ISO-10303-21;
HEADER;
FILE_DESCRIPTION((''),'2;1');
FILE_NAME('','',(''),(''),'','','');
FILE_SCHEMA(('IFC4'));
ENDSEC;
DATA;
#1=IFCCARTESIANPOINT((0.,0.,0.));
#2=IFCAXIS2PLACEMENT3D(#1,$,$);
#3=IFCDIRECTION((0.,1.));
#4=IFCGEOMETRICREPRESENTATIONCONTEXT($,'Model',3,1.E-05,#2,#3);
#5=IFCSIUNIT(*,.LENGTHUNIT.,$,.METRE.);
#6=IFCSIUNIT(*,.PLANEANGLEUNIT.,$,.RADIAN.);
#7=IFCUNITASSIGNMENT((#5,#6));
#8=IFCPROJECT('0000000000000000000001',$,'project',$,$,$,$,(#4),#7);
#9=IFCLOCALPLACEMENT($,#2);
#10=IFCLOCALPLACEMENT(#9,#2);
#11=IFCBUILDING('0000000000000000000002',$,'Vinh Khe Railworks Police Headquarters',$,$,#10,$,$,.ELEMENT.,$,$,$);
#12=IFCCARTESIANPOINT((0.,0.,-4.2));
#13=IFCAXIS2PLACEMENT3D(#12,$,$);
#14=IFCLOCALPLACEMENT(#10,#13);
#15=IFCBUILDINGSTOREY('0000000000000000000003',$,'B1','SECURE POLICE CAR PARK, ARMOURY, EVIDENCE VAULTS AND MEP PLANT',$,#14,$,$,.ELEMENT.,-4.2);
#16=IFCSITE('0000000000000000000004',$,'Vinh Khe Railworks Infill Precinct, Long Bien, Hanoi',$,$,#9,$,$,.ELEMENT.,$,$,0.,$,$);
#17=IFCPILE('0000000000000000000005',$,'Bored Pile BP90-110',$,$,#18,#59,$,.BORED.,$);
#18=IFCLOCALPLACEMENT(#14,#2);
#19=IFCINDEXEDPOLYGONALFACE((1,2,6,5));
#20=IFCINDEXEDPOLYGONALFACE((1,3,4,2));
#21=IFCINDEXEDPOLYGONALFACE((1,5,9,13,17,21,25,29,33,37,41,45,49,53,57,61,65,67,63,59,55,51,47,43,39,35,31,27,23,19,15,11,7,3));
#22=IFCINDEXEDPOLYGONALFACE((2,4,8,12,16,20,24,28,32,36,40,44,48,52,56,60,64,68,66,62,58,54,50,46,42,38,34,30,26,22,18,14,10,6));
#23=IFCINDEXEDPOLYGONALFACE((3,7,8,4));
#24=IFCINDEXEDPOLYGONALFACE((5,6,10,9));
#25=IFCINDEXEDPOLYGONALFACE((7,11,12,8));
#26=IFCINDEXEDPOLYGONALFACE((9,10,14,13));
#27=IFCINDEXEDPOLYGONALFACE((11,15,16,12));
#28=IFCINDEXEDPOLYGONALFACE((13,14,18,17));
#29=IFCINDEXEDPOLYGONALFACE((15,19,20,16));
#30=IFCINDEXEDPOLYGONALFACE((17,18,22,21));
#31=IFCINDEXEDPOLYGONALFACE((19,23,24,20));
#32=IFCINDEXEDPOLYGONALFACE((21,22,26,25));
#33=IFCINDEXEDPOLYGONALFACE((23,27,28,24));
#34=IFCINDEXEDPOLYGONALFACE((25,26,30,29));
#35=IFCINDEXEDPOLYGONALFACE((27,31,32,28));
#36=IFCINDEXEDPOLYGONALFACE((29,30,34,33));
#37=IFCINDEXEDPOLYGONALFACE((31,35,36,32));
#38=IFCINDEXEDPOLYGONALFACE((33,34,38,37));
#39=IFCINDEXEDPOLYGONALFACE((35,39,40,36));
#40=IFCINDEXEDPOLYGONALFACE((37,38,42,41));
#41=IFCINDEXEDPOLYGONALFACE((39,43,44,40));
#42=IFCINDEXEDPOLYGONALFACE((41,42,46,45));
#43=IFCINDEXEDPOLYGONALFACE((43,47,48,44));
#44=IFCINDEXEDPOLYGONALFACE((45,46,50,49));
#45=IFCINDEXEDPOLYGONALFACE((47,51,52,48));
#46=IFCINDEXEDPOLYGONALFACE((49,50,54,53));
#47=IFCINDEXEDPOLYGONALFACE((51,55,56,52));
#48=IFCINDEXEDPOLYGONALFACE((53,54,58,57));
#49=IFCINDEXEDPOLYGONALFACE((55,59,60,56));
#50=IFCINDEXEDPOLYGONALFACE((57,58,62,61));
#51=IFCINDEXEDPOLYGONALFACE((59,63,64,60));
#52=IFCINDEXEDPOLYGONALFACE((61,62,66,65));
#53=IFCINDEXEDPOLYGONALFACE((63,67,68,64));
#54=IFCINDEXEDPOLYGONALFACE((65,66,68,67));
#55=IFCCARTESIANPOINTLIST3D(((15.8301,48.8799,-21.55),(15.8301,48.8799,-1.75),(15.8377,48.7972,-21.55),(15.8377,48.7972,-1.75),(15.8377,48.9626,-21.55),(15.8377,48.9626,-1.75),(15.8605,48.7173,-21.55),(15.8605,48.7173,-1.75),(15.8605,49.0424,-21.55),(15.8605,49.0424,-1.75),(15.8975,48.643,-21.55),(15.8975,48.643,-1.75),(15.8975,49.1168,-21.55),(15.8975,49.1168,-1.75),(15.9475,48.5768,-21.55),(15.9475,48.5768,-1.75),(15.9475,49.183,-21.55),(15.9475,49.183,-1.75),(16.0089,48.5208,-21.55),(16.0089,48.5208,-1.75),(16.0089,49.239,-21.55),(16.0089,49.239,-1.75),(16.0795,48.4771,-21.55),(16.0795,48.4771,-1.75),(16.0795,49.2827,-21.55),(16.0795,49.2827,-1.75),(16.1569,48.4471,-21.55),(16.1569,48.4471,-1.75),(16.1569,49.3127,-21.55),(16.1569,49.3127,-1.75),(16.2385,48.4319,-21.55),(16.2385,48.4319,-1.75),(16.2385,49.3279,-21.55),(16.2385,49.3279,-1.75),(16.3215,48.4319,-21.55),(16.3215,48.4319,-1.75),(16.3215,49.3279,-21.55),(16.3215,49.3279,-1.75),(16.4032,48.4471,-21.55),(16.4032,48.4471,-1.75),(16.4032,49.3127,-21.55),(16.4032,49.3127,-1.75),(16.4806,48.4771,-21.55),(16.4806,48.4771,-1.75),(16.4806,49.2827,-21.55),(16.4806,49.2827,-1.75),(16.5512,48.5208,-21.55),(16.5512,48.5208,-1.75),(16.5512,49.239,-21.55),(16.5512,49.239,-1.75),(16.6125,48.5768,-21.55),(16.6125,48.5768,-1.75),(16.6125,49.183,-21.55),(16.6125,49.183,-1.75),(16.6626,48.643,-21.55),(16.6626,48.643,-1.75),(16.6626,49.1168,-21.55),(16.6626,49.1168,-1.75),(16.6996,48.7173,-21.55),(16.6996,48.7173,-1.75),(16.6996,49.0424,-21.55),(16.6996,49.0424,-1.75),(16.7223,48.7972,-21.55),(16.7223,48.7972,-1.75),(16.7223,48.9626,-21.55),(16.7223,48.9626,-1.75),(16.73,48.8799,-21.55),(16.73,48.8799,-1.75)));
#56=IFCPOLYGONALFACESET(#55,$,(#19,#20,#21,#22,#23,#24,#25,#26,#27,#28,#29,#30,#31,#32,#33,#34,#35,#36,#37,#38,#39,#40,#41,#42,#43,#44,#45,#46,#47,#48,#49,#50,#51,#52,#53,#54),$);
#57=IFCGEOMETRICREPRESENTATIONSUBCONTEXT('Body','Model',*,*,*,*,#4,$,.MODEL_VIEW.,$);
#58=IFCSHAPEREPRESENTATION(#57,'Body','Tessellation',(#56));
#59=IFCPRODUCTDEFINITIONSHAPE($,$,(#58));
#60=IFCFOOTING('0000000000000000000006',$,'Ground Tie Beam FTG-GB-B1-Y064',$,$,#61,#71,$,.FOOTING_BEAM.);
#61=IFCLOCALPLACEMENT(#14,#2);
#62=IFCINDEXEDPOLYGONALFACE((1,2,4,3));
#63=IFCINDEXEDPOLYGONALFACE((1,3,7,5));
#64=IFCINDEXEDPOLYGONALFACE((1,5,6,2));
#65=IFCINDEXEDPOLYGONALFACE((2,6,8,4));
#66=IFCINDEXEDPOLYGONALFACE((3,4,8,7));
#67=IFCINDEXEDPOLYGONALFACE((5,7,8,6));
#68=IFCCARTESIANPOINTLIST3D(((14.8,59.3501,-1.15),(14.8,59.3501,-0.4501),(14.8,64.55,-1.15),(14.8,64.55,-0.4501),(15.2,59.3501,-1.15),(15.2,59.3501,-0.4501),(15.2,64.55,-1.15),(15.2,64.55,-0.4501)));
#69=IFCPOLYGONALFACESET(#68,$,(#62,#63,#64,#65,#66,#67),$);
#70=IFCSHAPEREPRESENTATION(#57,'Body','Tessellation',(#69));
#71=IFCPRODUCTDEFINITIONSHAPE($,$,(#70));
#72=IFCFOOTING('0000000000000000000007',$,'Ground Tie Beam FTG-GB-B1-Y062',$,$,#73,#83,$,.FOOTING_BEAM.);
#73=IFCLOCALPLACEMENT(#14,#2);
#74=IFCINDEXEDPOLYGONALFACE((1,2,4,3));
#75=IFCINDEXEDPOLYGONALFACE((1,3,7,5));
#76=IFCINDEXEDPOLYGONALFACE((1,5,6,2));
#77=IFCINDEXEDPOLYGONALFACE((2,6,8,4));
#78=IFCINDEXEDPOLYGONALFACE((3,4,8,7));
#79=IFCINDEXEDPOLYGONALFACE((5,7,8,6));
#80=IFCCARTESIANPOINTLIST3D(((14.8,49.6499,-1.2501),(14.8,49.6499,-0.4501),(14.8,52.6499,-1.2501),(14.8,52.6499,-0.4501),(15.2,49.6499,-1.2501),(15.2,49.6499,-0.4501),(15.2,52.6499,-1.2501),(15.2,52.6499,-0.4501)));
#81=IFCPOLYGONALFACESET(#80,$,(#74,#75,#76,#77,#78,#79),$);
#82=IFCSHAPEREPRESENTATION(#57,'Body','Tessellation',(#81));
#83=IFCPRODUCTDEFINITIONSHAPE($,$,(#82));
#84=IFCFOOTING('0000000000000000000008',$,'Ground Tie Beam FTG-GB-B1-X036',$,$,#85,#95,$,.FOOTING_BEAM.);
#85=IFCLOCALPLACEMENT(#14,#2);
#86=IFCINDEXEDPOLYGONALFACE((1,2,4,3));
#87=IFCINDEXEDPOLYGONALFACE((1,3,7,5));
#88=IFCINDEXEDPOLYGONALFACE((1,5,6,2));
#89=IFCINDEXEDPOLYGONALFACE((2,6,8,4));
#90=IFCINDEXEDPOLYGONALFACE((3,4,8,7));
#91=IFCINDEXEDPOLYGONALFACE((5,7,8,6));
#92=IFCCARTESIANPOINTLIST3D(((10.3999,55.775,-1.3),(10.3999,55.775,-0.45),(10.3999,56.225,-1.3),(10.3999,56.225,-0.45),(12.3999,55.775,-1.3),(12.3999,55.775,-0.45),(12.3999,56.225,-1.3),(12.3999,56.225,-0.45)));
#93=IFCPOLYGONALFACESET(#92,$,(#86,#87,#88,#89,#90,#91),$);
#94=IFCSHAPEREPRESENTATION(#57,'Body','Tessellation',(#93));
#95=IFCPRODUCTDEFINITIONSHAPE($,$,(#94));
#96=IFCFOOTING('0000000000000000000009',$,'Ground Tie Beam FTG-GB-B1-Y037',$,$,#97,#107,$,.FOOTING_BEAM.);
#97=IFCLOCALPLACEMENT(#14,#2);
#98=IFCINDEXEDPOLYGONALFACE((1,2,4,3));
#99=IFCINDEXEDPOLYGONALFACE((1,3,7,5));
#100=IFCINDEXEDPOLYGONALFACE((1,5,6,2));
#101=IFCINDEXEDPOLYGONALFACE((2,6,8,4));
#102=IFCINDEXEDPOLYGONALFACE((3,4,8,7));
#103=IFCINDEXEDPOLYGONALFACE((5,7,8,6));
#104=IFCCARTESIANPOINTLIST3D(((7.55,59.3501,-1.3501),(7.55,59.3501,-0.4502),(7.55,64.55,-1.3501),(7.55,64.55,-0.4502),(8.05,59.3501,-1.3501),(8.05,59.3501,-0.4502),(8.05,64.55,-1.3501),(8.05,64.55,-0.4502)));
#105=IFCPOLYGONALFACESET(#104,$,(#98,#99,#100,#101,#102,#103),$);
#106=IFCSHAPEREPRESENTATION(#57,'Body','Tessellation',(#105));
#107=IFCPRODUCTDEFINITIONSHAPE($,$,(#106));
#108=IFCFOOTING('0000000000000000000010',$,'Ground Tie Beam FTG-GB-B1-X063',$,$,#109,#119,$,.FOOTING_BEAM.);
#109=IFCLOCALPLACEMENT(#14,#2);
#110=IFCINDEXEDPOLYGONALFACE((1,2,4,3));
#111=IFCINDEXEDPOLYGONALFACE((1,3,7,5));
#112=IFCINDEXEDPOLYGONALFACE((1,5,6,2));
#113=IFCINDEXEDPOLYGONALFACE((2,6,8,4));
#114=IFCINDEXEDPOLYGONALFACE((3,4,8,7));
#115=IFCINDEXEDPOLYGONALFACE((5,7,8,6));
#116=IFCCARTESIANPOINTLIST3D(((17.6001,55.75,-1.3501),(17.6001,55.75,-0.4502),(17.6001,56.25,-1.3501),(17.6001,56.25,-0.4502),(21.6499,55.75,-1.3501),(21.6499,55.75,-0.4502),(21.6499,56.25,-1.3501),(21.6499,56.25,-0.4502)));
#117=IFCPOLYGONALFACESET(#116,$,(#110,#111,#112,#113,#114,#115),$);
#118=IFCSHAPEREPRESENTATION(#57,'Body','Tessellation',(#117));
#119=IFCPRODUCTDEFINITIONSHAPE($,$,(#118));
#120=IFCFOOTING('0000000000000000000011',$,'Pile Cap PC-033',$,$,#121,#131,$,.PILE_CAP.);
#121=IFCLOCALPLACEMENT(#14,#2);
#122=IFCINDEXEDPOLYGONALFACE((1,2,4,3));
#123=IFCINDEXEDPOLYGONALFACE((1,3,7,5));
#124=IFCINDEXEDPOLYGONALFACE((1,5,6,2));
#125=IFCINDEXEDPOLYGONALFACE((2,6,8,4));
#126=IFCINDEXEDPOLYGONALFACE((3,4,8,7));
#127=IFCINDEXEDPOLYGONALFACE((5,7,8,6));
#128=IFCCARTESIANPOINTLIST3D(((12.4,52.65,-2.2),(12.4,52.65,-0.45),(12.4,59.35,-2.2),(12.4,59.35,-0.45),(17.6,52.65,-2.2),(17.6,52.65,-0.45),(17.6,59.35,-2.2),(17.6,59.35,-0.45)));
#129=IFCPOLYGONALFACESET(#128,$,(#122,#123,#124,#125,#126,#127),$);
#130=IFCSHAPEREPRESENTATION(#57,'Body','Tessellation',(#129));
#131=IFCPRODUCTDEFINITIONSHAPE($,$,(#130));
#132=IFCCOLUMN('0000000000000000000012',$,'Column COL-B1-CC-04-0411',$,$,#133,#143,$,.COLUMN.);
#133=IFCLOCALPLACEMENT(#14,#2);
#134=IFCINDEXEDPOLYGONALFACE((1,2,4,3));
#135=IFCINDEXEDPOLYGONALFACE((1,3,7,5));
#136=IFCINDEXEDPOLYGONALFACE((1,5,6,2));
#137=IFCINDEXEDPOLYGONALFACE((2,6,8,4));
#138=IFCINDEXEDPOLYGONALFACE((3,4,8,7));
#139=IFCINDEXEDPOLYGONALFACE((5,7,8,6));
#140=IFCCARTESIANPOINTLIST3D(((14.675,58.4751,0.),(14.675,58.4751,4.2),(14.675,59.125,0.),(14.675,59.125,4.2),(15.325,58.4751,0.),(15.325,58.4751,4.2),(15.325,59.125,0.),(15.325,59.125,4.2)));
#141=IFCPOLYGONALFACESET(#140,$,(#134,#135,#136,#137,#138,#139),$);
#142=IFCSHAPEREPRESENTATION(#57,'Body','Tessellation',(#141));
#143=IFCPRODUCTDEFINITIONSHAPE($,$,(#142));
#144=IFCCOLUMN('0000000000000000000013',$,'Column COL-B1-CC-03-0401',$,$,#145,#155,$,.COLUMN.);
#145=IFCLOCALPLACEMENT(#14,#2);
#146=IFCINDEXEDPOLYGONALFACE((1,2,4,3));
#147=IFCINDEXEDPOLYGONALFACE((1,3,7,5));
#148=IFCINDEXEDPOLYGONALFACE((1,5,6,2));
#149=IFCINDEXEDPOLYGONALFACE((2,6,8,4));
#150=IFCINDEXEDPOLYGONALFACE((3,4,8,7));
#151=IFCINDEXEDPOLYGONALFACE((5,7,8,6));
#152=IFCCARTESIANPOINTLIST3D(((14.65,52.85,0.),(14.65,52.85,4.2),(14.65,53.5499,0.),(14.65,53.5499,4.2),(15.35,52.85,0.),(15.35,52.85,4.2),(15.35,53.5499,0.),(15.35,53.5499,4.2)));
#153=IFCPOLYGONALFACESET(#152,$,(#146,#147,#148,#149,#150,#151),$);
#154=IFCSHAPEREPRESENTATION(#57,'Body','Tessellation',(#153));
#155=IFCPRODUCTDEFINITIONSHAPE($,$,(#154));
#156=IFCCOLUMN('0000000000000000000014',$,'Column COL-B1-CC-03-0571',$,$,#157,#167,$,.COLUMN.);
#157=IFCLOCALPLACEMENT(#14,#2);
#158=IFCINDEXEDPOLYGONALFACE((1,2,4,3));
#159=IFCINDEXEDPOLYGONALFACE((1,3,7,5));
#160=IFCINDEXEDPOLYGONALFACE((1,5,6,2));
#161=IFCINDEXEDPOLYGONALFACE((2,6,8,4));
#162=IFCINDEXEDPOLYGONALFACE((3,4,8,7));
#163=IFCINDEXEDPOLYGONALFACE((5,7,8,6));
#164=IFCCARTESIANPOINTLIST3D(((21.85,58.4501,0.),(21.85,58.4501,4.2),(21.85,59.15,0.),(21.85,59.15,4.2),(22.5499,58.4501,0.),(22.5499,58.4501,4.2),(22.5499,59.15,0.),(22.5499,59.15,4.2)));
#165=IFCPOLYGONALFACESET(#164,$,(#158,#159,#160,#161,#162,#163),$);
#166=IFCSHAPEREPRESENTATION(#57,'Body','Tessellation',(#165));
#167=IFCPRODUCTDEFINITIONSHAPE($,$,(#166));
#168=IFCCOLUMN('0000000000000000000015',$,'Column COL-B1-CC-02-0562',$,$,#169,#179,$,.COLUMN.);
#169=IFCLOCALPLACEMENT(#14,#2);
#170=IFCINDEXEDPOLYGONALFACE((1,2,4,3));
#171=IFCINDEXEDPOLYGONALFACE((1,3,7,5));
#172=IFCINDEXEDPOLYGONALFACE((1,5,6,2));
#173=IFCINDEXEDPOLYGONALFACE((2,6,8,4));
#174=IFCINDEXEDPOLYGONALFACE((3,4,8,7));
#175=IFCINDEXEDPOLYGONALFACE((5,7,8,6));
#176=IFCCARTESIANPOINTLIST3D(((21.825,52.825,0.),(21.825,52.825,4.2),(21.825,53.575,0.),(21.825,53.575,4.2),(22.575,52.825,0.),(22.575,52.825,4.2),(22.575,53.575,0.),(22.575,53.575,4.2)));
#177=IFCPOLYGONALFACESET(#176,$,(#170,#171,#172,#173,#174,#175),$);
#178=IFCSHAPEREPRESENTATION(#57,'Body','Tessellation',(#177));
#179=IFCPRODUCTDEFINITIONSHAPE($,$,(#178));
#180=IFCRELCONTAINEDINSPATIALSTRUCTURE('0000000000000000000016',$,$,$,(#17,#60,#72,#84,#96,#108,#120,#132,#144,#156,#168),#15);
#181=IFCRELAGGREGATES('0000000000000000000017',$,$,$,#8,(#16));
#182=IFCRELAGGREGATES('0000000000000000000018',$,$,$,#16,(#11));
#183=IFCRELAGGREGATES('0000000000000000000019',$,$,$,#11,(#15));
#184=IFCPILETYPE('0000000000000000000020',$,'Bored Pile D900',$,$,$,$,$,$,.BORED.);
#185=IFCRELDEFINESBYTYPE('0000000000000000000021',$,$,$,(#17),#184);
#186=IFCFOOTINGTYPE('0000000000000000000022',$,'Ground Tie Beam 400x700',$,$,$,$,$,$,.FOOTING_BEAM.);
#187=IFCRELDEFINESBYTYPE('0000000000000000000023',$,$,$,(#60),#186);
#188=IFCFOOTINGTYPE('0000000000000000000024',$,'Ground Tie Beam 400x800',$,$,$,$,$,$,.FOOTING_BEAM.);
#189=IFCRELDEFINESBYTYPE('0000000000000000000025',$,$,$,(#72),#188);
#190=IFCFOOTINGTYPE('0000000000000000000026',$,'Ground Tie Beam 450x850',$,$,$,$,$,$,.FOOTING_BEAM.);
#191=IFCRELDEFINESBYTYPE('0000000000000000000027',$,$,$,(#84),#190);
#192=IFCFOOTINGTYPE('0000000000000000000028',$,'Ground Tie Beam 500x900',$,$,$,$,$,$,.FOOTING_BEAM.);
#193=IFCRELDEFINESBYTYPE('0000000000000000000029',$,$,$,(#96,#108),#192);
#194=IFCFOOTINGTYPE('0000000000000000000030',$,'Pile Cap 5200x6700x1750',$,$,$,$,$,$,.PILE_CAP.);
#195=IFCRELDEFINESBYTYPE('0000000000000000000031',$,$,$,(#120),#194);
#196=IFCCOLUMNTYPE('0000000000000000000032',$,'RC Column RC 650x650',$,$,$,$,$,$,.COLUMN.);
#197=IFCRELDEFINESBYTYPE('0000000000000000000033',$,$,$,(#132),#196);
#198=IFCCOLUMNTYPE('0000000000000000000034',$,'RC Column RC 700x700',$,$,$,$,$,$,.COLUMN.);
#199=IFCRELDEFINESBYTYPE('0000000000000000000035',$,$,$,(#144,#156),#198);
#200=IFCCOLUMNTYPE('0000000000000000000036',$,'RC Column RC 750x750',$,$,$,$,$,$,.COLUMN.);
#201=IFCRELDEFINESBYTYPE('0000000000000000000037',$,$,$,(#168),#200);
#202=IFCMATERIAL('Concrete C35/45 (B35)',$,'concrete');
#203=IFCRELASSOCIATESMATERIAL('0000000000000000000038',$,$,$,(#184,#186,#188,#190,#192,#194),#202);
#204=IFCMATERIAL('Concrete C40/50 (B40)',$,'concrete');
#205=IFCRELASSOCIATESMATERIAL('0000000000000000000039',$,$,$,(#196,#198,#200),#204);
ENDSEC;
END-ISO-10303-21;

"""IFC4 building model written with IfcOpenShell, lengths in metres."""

from ifc_helpers import new_model, si_unit, direction, frame, origin, origin_2d, place, context, subcontext, project, spatial, rectangle, circle, extrude, material, material_profile, profile_set, type_object, element, save


model = new_model("IFC4")

# Units and contexts
model_context = context("Model", 3, precision=1e-05, world=origin(), true_north=direction((0.0, 1.0)))
body_context = subcontext(model_context, "Body", "Model", "MODEL_VIEW")
ifc_project = project(units=[si_unit("LENGTHUNIT", "METRE"), si_unit("PLANEANGLEUNIT", "RADIAN")], contexts=[model_context])

# Site, building, storey
site_placement = place(None, origin())
site = spatial("IfcSite", under=ifc_project, at=site_placement, Name="Vinh Khe Railworks Infill Precinct, Long Bien, Hanoi", CompositionType="ELEMENT", RefElevation=0.0)
building_placement = place(site_placement, origin())
building = spatial("IfcBuilding", under=site, at=building_placement, Name="Vinh Khe Railworks Police Headquarters", CompositionType="ELEMENT")
storey_placement = place(building_placement, frame((0.0, 0.0, -4.2)))
storey = spatial("IfcBuildingStorey", under=building, at=storey_placement, Name="B1", Description="SECURE POLICE CAR PARK, ARMOURY, EVIDENCE VAULTS AND MEP PLANT", CompositionType="ELEMENT", Elevation=-4.2)

# Pile
ifc_material_1 = material(Name="Concrete C35/45 (B35)", Category="concrete")
ifc_material_profile_1 = material_profile(ifc_material_1, circle(Radius=0.45, at=origin_2d()), Name="BORED PILE D900")
ifc_profile_set_1 = profile_set([ifc_material_profile_1], Name="Concrete C35/45 (B35)")
pile_type_1 = type_object("IfcPileType", Name="Bored Pile D900", PredefinedType="BORED", material=ifc_profile_set_1)
for number, where, z_axis, x_axis, name in (
    (1, (16.28, 48.8799, -1.75), (0.0, 0.0, -1.0), (1.0, 0.0, 0.0), "Bored Pile BP90-110"),
):
    element("IfcPile", number, at=place(storey_placement, frame(where, z_axis=z_axis, x_axis=x_axis)), inside=storey, type_object=pile_type_1, Name=name, PredefinedType="BORED", context=body_context, shape_type="SweptSolid", body=[
        extrude(circle(Radius=0.45, at=origin_2d()), origin(), (0.0, 0.0, 1.0), 19.8),
    ])

# Footings
ifc_material_profile_2 = material_profile(ifc_material_1, rectangle(XDim=0.3999, YDim=0.7, at=origin_2d()), Name="RC 400x700")
ifc_profile_set_2 = profile_set([ifc_material_profile_2], Name="Concrete C35/45 (B35)")
footing_type_1 = type_object("IfcFootingType", Name="Ground Tie Beam 400x700", PredefinedType="FOOTING_BEAM", material=ifc_profile_set_2)
footing_1_placement = place(storey_placement, frame((15.0, 59.3501, -0.8), z_axis=(0.0, 1.0, 0.0), x_axis=(-1.0, 0.0, 0.0)))
element("IfcFooting", 2, at=footing_1_placement, inside=storey, type_object=footing_type_1, Name="Ground Tie Beam FTG-GB-B1-Y064", PredefinedType="FOOTING_BEAM", context=body_context, shape_type="SweptSolid", body=[
    extrude(rectangle(XDim=0.3999, YDim=0.7, at=origin_2d()), origin(), (0.0, 0.0, 1.0), 5.2),
])
ifc_material_profile_3 = material_profile(ifc_material_1, rectangle(XDim=0.3999, YDim=0.8, at=origin_2d()), Name="RC 400x800")
ifc_profile_set_3 = profile_set([ifc_material_profile_3], Name="Concrete C35/45 (B35)")
footing_type_2 = type_object("IfcFootingType", Name="Ground Tie Beam 400x800", PredefinedType="FOOTING_BEAM", material=ifc_profile_set_3)
footing_2_placement = place(storey_placement, frame((15.0, 49.6499, -0.8501), z_axis=(0.0, 1.0, 0.0), x_axis=(-1.0, 0.0, 0.0)))
element("IfcFooting", 3, at=footing_2_placement, inside=storey, type_object=footing_type_2, Name="Ground Tie Beam FTG-GB-B1-Y062", PredefinedType="FOOTING_BEAM", context=body_context, shape_type="SweptSolid", body=[
    extrude(rectangle(XDim=0.3999, YDim=0.8, at=origin_2d()), origin(), (0.0, 0.0, 1.0), 3.0),
])
ifc_material_profile_4 = material_profile(ifc_material_1, rectangle(XDim=0.45, YDim=0.8501, at=origin_2d()), Name="RC 450x850")
ifc_profile_set_4 = profile_set([ifc_material_profile_4], Name="Concrete C35/45 (B35)")
footing_type_3 = type_object("IfcFootingType", Name="Ground Tie Beam 450x850", PredefinedType="FOOTING_BEAM", material=ifc_profile_set_4)
footing_3_placement = place(storey_placement, frame((10.3999, 56.0, -0.875), z_axis=(1.0, 0.0, 0.0), x_axis=(0.0, 1.0, 0.0)))
element("IfcFooting", 4, at=footing_3_placement, inside=storey, type_object=footing_type_3, Name="Ground Tie Beam FTG-GB-B1-X036", PredefinedType="FOOTING_BEAM", context=body_context, shape_type="SweptSolid", body=[
    extrude(rectangle(XDim=0.45, YDim=0.8501, at=origin_2d()), origin(), (0.0, 0.0, 1.0), 2.0),
])
ifc_material_profile_5 = material_profile(ifc_material_1, rectangle(XDim=0.5, YDim=0.8999, at=origin_2d()), Name="RC 500x900")
ifc_profile_set_5 = profile_set([ifc_material_profile_5], Name="Concrete C35/45 (B35)")
footing_type_4 = type_object("IfcFootingType", Name="Ground Tie Beam 500x900", PredefinedType="FOOTING_BEAM", material=ifc_profile_set_5)
footing_4_placement = place(storey_placement, frame((7.8, 59.3501, -0.9001), z_axis=(0.0, 1.0, 0.0), x_axis=(-1.0, 0.0, 0.0)))
element("IfcFooting", 5, at=footing_4_placement, inside=storey, type_object=footing_type_4, Name="Ground Tie Beam FTG-GB-B1-Y037", PredefinedType="FOOTING_BEAM", context=body_context, shape_type="SweptSolid", body=[
    extrude(rectangle(XDim=0.5, YDim=0.8999, at=origin_2d()), origin(), (0.0, 0.0, 1.0), 5.2),
])
footing_5_placement = place(storey_placement, frame((17.6001, 56.0, -0.9001), z_axis=(1.0, 0.0, 0.0), x_axis=(0.0, 1.0, 0.0)))
element("IfcFooting", 6, at=footing_5_placement, inside=storey, type_object=footing_type_4, Name="Ground Tie Beam FTG-GB-B1-X063", PredefinedType="FOOTING_BEAM", context=body_context, shape_type="SweptSolid", body=[
    extrude(rectangle(XDim=0.5, YDim=0.8999, at=origin_2d()), origin(), (0.0, 0.0, 1.0), 4.0498),
])
footing_type_5 = type_object("IfcFootingType", Name="Pile Cap 5200x6700x1750", PredefinedType="PILE_CAP", material=ifc_material_1)
footing_6_placement = place(storey_placement, frame((15.0, 56.0, -2.2), z_axis=(0.0, 0.0, 1.0), x_axis=(1.0, 0.0, 0.0)))
element("IfcFooting", 7, at=footing_6_placement, inside=storey, type_object=footing_type_5, Name="Pile Cap PC-033", PredefinedType="PILE_CAP", context=body_context, shape_type="SweptSolid", body=[
    extrude(rectangle(XDim=5.2, YDim=6.7, at=origin_2d()), origin(), (0.0, 0.0, 1.0), 1.75),
])

# Columns
ifc_material_2 = material(Name="Concrete C40/50 (B40)", Category="concrete")
ifc_material_profile_6 = material_profile(ifc_material_2, rectangle(XDim=0.6499, YDim=0.6499, at=origin_2d()), Name="RC 650x650")
ifc_profile_set_6 = profile_set([ifc_material_profile_6], Name="Concrete C40/50 (B40)")
column_type_1 = type_object("IfcColumnType", Name="RC Column RC 650x650", PredefinedType="COLUMN", material=ifc_profile_set_6)
column_1_placement = place(storey_placement, frame((15.0, 58.8, 0.0), z_axis=(0.0, 0.0, 1.0), x_axis=(1.0, 0.0, 0.0)))
element("IfcColumn", 8, at=column_1_placement, inside=storey, type_object=column_type_1, Name="Column COL-B1-CC-04-0411", PredefinedType="COLUMN", context=body_context, shape_type="SweptSolid", body=[
    extrude(rectangle(XDim=0.6499, YDim=0.6499, at=origin_2d()), origin(), (0.0, 0.0, 1.0), 4.2),
])
ifc_material_profile_7 = material_profile(ifc_material_2, rectangle(XDim=0.7, YDim=0.7, at=origin_2d()), Name="RC 700x700")
ifc_profile_set_7 = profile_set([ifc_material_profile_7], Name="Concrete C40/50 (B40)")
column_type_2 = type_object("IfcColumnType", Name="RC Column RC 700x700", PredefinedType="COLUMN", material=ifc_profile_set_7)
for number, where, z_axis, x_axis, name in (
    (9, (15.0, 53.2, 0.0), (0.0, 0.0, 1.0), (1.0, 0.0, 0.0), "Column COL-B1-CC-03-0401"),
    (10, (22.2, 58.8, 0.0), (0.0, 0.0, 1.0), (1.0, 0.0, 0.0), "Column COL-B1-CC-03-0571"),
):
    element("IfcColumn", number, at=place(storey_placement, frame(where, z_axis=z_axis, x_axis=x_axis)), inside=storey, type_object=column_type_2, Name=name, PredefinedType="COLUMN", context=body_context, shape_type="SweptSolid", body=[
        extrude(rectangle(XDim=0.7, YDim=0.7, at=origin_2d()), origin(), (0.0, 0.0, 1.0), 4.2),
    ])
ifc_material_profile_8 = material_profile(ifc_material_2, rectangle(XDim=0.75, YDim=0.75, at=origin_2d()), Name="RC 750x750")
ifc_profile_set_8 = profile_set([ifc_material_profile_8], Name="Concrete C40/50 (B40)")
column_type_3 = type_object("IfcColumnType", Name="RC Column RC 750x750", PredefinedType="COLUMN", material=ifc_profile_set_8)
column_2_placement = place(storey_placement, frame((22.2, 53.2, 0.0), z_axis=(0.0, 0.0, 1.0), x_axis=(1.0, 0.0, 0.0)))
element("IfcColumn", 11, at=column_2_placement, inside=storey, type_object=column_type_3, Name="Column COL-B1-CC-02-0562", PredefinedType="COLUMN", context=body_context, shape_type="SweptSolid", body=[
    extrude(rectangle(XDim=0.75, YDim=0.75, at=origin_2d()), origin(), (0.0, 0.0, 1.0), 4.2),
])

save(model, "model.ifc")
